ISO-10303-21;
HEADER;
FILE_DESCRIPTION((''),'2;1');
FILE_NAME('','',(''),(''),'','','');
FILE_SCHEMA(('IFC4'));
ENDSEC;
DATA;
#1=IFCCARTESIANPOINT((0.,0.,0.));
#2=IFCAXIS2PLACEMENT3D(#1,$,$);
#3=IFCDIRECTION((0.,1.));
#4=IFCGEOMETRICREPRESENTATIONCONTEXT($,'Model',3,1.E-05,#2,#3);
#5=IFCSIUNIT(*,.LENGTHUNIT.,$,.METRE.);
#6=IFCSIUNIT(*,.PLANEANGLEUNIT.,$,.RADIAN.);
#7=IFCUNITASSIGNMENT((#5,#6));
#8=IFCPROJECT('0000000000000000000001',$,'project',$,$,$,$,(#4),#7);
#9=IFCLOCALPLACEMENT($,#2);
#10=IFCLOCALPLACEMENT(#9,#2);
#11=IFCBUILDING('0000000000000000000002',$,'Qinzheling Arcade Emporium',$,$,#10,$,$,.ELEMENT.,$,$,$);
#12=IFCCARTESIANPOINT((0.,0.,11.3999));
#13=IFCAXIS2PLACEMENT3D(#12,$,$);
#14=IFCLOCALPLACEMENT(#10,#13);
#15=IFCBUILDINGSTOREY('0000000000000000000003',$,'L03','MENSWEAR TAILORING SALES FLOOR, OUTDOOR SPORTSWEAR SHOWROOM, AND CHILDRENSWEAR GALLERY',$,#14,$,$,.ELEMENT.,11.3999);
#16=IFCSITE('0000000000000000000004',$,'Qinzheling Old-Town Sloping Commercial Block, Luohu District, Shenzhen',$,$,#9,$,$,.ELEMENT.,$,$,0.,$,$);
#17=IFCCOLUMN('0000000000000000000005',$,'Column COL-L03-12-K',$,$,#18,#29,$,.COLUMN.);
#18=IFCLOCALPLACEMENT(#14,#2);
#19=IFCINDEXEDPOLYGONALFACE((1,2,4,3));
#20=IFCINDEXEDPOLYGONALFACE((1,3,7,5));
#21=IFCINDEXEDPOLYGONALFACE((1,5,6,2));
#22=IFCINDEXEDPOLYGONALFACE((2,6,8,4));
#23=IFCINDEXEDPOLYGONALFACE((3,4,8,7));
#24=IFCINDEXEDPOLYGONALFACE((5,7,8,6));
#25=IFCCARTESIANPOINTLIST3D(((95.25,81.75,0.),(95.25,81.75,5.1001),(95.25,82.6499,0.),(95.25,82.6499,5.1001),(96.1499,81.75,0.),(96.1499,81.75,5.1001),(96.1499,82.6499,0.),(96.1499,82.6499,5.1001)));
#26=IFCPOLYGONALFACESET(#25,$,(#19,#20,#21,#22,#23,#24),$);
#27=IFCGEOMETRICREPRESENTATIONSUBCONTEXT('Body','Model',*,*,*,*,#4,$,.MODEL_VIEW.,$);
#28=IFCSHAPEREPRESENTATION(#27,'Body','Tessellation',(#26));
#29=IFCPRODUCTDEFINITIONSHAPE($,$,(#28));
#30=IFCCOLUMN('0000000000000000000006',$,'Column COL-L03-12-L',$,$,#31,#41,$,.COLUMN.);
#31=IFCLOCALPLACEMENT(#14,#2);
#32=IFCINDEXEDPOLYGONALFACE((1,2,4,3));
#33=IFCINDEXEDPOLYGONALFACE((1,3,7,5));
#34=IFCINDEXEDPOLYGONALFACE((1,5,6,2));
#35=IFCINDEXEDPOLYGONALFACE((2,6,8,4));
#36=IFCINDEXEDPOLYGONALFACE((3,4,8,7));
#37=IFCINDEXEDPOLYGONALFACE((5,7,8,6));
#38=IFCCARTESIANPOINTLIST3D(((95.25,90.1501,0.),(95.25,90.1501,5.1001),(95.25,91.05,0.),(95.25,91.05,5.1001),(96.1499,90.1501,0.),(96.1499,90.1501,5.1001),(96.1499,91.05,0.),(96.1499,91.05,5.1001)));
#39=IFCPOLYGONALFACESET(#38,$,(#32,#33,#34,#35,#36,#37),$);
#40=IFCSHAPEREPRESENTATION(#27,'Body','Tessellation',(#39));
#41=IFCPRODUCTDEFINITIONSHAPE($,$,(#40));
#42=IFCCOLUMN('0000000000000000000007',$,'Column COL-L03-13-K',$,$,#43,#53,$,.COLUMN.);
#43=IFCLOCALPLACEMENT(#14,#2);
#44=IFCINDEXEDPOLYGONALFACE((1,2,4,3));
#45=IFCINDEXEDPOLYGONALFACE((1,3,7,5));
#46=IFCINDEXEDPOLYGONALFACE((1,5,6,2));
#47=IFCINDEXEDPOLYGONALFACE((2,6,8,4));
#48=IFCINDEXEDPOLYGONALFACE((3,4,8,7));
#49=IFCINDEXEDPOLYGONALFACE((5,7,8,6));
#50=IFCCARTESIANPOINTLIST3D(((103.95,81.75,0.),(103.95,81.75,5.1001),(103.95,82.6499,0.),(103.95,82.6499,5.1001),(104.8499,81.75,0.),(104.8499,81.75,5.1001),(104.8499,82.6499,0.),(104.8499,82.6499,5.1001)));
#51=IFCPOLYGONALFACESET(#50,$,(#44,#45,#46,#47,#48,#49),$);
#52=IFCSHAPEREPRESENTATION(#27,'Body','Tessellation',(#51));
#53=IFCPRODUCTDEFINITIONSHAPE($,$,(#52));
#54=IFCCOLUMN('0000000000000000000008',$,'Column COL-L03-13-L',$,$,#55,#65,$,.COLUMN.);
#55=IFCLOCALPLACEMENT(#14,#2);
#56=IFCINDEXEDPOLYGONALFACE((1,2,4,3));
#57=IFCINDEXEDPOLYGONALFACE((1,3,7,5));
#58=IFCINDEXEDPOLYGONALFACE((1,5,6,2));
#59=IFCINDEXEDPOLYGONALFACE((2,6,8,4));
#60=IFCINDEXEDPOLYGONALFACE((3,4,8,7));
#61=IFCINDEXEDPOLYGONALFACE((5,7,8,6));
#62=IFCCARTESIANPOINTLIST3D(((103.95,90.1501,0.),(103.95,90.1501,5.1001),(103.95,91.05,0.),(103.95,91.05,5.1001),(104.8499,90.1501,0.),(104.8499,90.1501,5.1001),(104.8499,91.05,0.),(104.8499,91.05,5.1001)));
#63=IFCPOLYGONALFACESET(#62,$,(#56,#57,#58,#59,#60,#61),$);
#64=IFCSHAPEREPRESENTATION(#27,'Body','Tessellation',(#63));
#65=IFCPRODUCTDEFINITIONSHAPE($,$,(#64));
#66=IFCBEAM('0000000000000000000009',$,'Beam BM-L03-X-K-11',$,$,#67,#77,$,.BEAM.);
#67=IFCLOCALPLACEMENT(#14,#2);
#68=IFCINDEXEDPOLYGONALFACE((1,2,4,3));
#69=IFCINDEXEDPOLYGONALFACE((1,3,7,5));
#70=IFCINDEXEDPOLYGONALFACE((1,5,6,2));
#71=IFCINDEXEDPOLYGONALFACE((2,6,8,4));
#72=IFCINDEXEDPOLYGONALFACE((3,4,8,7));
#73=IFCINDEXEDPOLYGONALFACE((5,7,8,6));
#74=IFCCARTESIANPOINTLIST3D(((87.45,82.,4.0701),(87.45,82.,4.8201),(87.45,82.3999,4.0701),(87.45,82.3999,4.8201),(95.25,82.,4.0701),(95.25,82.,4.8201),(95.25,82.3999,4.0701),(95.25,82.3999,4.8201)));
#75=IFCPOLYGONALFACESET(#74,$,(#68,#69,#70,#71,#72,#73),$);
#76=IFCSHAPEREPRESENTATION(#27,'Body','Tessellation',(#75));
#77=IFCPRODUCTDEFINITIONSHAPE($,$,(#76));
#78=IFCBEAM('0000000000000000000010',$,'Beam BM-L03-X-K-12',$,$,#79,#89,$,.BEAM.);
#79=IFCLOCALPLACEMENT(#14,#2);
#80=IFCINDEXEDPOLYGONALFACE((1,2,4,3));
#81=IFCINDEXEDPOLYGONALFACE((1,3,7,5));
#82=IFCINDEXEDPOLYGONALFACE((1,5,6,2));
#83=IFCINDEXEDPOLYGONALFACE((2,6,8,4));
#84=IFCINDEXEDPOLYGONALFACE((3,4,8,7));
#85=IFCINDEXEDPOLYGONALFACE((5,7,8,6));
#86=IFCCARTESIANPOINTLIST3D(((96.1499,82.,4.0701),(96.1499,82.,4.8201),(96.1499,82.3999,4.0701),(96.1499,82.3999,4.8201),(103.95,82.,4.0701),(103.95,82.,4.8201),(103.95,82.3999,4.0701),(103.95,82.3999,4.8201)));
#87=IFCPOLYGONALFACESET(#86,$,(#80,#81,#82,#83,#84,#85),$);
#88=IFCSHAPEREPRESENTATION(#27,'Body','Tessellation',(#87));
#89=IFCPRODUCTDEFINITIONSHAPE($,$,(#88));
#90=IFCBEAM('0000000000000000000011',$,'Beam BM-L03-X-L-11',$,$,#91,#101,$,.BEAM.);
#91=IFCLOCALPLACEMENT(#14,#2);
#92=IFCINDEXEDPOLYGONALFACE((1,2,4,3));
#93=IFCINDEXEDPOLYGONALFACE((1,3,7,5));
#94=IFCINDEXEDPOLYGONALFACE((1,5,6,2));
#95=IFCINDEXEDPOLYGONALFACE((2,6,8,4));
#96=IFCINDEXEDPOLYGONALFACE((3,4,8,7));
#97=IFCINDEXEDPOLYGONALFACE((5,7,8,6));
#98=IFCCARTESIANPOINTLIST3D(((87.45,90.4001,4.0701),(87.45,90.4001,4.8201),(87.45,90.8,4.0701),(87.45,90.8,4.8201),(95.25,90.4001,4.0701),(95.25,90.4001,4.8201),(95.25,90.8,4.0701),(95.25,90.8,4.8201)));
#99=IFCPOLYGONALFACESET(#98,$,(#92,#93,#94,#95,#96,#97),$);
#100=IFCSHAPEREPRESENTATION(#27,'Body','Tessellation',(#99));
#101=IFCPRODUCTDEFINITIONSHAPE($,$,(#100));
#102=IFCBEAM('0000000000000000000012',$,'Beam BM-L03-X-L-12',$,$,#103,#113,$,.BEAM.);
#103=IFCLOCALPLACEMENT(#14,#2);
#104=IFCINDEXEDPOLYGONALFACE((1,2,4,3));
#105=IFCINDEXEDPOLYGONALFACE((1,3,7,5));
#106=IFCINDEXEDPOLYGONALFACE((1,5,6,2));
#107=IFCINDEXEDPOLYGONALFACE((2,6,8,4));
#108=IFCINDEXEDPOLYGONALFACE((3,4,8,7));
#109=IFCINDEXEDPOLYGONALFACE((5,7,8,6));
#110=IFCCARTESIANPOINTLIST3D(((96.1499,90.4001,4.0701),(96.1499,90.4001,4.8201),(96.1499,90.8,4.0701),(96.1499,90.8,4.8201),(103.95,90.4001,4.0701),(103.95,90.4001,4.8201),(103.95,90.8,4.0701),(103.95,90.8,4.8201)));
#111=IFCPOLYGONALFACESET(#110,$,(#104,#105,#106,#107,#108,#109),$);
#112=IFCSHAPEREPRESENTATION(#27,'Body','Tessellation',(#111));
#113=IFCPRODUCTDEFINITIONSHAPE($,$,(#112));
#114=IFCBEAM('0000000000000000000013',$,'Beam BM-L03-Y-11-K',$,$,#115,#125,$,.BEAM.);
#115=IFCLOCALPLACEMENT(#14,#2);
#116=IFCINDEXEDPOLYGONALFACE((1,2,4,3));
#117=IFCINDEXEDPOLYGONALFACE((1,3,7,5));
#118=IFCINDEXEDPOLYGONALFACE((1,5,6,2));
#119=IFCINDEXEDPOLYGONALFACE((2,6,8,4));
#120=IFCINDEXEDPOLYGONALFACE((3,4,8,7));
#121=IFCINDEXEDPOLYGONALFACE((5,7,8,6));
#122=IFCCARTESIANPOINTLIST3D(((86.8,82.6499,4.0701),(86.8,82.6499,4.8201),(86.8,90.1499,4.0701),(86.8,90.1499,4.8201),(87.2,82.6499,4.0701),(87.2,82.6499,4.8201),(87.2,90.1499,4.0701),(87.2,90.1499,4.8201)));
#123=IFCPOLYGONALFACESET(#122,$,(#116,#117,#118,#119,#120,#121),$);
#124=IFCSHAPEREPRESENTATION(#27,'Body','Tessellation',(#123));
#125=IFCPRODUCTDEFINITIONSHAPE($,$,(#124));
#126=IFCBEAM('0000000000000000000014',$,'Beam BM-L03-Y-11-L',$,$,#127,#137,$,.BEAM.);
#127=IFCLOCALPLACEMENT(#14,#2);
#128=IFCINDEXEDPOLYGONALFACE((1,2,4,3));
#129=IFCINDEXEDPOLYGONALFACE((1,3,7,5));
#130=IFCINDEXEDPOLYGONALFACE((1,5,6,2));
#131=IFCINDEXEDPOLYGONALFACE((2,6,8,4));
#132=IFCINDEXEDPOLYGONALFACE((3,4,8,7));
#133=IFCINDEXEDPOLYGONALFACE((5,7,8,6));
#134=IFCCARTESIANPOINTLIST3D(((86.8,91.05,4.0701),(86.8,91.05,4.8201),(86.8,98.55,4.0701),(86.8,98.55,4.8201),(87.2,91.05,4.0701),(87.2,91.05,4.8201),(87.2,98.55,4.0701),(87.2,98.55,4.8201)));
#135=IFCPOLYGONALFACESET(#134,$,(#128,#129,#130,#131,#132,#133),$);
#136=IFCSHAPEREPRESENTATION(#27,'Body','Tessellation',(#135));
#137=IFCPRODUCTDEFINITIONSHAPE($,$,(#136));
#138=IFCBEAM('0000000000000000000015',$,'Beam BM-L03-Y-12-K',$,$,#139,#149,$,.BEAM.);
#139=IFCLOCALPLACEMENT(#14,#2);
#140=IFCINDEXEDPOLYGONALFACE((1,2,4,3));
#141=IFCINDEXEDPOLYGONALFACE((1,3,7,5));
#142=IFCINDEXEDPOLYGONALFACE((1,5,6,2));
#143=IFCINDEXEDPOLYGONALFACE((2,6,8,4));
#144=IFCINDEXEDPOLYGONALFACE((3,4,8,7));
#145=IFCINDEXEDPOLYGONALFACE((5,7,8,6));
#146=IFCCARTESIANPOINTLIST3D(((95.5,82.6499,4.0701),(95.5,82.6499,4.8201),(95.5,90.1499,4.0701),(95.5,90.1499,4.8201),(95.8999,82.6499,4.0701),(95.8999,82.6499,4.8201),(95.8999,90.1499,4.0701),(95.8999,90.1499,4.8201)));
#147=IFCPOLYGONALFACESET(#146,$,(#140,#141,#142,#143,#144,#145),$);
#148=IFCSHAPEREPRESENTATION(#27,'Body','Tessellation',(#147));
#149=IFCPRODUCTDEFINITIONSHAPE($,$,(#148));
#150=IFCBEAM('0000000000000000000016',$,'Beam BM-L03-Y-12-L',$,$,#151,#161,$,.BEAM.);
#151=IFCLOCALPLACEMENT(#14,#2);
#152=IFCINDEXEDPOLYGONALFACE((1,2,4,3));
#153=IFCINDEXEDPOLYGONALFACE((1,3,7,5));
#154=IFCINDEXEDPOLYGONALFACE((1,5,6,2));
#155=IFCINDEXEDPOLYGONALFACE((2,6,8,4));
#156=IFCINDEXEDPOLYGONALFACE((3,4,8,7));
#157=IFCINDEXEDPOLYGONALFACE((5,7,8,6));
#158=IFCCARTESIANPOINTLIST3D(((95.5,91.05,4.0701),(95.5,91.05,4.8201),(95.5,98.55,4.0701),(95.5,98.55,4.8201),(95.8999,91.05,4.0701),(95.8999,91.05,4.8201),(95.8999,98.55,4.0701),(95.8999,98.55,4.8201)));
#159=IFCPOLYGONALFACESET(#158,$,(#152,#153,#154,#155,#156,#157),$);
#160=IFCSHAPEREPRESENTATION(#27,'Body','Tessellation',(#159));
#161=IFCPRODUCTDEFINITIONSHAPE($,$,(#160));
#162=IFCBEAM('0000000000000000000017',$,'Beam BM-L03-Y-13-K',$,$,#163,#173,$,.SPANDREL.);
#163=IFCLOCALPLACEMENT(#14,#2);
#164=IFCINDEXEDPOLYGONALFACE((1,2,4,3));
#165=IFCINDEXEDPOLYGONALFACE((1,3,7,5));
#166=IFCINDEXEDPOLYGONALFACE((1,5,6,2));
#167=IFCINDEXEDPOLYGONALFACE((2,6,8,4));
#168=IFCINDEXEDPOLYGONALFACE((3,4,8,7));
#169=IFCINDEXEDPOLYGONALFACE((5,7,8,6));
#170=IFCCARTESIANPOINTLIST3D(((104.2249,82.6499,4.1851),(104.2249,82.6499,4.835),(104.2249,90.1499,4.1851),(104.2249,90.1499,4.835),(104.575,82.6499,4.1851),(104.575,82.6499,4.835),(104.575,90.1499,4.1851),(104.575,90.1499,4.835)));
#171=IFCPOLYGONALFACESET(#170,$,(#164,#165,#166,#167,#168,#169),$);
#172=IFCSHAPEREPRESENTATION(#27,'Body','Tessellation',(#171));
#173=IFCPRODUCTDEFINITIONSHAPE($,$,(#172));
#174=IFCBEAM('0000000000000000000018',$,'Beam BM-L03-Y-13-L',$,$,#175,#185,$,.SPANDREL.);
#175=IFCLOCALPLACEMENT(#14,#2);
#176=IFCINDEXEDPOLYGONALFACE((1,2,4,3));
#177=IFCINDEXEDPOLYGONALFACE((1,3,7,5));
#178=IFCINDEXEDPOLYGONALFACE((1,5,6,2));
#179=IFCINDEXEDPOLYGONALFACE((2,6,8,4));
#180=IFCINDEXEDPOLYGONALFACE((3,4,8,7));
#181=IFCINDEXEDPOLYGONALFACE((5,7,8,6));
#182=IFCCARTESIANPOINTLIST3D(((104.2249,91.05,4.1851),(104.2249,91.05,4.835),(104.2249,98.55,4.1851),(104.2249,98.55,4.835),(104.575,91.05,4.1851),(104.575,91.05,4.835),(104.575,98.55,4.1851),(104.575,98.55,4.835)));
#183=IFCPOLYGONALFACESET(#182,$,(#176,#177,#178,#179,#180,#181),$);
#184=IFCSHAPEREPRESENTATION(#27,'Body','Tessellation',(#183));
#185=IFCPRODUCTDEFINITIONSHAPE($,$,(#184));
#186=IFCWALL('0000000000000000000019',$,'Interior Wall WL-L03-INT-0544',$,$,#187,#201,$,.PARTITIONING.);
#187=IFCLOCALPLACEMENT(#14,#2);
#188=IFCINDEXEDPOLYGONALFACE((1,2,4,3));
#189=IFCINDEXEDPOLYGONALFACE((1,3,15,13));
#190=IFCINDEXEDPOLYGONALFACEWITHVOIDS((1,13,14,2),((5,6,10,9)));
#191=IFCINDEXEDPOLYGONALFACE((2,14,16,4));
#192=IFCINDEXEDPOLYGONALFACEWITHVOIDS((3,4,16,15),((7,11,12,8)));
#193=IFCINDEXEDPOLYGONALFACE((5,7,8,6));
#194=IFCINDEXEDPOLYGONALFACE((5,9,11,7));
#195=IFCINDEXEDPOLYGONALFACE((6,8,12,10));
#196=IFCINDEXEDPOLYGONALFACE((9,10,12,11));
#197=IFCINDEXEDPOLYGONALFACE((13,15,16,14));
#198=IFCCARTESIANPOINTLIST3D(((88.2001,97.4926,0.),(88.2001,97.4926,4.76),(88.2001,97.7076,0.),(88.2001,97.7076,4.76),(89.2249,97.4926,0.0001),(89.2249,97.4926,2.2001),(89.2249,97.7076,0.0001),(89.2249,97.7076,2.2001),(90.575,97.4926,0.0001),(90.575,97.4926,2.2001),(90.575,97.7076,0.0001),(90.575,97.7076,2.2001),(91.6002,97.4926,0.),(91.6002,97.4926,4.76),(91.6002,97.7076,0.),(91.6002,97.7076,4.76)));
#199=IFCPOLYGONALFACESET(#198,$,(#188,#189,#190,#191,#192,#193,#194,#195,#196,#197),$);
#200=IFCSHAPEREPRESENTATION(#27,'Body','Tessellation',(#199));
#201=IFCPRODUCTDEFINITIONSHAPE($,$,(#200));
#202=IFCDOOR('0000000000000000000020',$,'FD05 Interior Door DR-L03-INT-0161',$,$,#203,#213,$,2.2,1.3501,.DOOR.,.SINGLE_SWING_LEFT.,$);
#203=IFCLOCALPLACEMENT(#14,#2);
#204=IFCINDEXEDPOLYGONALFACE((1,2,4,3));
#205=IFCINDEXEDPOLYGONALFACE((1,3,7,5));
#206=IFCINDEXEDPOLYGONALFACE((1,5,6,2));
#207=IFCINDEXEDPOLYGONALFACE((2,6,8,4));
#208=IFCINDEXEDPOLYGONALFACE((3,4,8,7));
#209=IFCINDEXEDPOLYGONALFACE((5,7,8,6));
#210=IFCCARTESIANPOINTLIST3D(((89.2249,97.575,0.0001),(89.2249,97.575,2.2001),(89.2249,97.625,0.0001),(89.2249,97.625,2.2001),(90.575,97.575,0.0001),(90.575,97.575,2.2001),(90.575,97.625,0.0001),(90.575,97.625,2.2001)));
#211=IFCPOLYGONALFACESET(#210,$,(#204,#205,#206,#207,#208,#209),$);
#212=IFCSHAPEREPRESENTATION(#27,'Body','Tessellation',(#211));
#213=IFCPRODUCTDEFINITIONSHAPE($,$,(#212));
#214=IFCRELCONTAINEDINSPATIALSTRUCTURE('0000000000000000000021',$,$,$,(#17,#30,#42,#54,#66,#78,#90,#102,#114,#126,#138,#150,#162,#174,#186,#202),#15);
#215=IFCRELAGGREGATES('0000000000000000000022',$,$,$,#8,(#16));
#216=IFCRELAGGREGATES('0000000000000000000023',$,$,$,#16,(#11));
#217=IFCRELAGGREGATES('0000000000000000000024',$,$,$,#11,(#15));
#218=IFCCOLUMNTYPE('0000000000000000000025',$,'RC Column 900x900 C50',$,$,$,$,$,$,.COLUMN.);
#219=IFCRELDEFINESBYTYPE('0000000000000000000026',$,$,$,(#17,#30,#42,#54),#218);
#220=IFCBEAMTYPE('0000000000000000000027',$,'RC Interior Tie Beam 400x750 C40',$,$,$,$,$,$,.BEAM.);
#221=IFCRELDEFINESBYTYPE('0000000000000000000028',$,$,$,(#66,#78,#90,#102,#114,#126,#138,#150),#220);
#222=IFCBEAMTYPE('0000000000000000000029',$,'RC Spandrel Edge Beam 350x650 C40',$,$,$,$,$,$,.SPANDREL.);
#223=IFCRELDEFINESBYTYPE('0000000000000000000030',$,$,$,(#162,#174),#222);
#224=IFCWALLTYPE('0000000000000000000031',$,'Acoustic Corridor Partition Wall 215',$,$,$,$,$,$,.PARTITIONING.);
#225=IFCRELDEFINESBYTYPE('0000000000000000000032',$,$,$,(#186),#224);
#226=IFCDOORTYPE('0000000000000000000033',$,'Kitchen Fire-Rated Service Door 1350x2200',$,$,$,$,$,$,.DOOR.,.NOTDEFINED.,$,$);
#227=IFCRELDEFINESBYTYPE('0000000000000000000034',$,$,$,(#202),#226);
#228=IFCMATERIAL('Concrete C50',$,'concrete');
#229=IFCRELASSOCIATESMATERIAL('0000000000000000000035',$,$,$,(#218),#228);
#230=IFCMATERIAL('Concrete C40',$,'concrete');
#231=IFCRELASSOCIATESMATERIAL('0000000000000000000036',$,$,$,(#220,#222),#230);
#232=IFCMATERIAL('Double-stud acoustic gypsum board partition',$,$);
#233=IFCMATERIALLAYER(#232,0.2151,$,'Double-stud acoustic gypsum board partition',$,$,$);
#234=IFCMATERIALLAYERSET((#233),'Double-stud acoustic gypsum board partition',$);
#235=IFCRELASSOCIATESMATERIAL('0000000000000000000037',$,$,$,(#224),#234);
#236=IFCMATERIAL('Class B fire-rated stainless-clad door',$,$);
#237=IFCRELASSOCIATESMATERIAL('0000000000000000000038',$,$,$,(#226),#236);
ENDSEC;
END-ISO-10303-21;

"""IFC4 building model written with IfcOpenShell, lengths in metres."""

from ifc_helpers import new_model, si_unit, direction, frame, frame_2d, origin, origin_2d, place, context, subcontext, project, spatial, rectangle, extrude, material, layer, layer_set, material_profile, profile_set, type_object, element, fill, save


model = new_model("IFC4")

# Units and contexts
model_context = context("Model", 3, precision=1e-05, world=origin(), true_north=direction((0.0, 1.0)))
body_context = subcontext(model_context, "Body", "Model", "MODEL_VIEW")
ifc_project = project(units=[si_unit("LENGTHUNIT", "METRE"), si_unit("PLANEANGLEUNIT", "RADIAN")], contexts=[model_context])

# Site, building, storey
site_placement = place(None, origin())
site = spatial("IfcSite", under=ifc_project, at=site_placement, Name="Qinzheling Old-Town Sloping Commercial Block, Luohu District, Shenzhen", CompositionType="ELEMENT", RefElevation=0.0)
building_placement = place(site_placement, origin())
building = spatial("IfcBuilding", under=site, at=building_placement, Name="Qinzheling Arcade Emporium", CompositionType="ELEMENT")
storey_placement = place(building_placement, frame((0.0, 0.0, 11.3999)))
storey = spatial("IfcBuildingStorey", under=building, at=storey_placement, Name="L03", Description="MENSWEAR TAILORING SALES FLOOR, OUTDOOR SPORTSWEAR SHOWROOM, AND CHILDRENSWEAR GALLERY", CompositionType="ELEMENT", Elevation=11.3999)

# Columns
ifc_material_1 = material(Name="Concrete C50", Category="concrete")
ifc_material_profile_1 = material_profile(ifc_material_1, rectangle(XDim=0.8999, YDim=0.8999, at=origin_2d()), Name="RC 900x900", Category="concrete")
ifc_profile_set_1 = profile_set([ifc_material_profile_1], Name="Concrete C50")
column_type = type_object("IfcColumnType", Name="RC Column 900x900 C50", PredefinedType="COLUMN", material=ifc_profile_set_1)
for number, where, z_axis, x_axis, name in (
    (1, (95.7, 82.2, 0.0), (0.0, 0.0, 1.0), (1.0, 0.0, 0.0), "Column COL-L03-12-K"),
    (2, (95.7, 90.6001, 0.0), (0.0, 0.0, 1.0), (1.0, 0.0, 0.0), "Column COL-L03-12-L"),
    (3, (104.3999, 82.2, 0.0), (0.0, 0.0, 1.0), (1.0, 0.0, 0.0), "Column COL-L03-13-K"),
    (4, (104.3999, 90.6001, 0.0), (0.0, 0.0, 1.0), (1.0, 0.0, 0.0), "Column COL-L03-13-L"),
):
    element("IfcColumn", number, at=place(storey_placement, frame(where, z_axis=z_axis, x_axis=x_axis)), inside=storey, type_object=column_type, Name=name, PredefinedType="COLUMN", context=body_context, shape_type="SweptSolid", body=[
        extrude(rectangle(XDim=0.8999, YDim=0.8999, at=origin_2d()), origin(), (0.0, 0.0, 1.0), 5.1001),
    ])

# Beams
ifc_material_2 = material(Name="Concrete C40", Category="concrete")
ifc_material_profile_2 = material_profile(ifc_material_2, rectangle(XDim=0.3999, YDim=0.75, at=origin_2d()), Name="RC 400x750", Category="concrete")
ifc_profile_set_2 = profile_set([ifc_material_profile_2], Name="Concrete C40")
beam_type_1 = type_object("IfcBeamType", Name="RC Interior Tie Beam 400x750 C40", PredefinedType="BEAM", material=ifc_profile_set_2)
for number, where, z_axis, x_axis, name in (
    (5, (87.45, 82.2, 4.4451), (1.0, 0.0, 0.0), (0.0, 1.0, 0.0), "Beam BM-L03-X-K-11"),
    (6, (96.1499, 82.2, 4.4451), (1.0, 0.0, 0.0), (0.0, 1.0, 0.0), "Beam BM-L03-X-K-12"),
    (7, (87.45, 90.6001, 4.4451), (1.0, 0.0, 0.0), (0.0, 1.0, 0.0), "Beam BM-L03-X-L-11"),
    (8, (96.1499, 90.6001, 4.4451), (1.0, 0.0, 0.0), (0.0, 1.0, 0.0), "Beam BM-L03-X-L-12"),
):
    element("IfcBeam", number, at=place(storey_placement, frame(where, z_axis=z_axis, x_axis=x_axis)), inside=storey, type_object=beam_type_1, Name=name, PredefinedType="BEAM", context=body_context, shape_type="SweptSolid", body=[
        extrude(rectangle(XDim=0.3999, YDim=0.75, at=origin_2d()), origin(), (0.0, 0.0, 1.0), 7.8),
    ])
for number, where, z_axis, x_axis, name in (
    (9, (87.0, 82.6499, 4.4451), (0.0, 1.0, 0.0), (-1.0, 0.0, 0.0), "Beam BM-L03-Y-11-K"),
    (10, (87.0, 91.05, 4.4451), (0.0, 1.0, 0.0), (-1.0, 0.0, 0.0), "Beam BM-L03-Y-11-L"),
    (11, (95.7, 82.6499, 4.4451), (0.0, 1.0, 0.0), (-1.0, 0.0, 0.0), "Beam BM-L03-Y-12-K"),
    (12, (95.7, 91.05, 4.4451), (0.0, 1.0, 0.0), (-1.0, 0.0, 0.0), "Beam BM-L03-Y-12-L"),
):
    element("IfcBeam", number, at=place(storey_placement, frame(where, z_axis=z_axis, x_axis=x_axis)), inside=storey, type_object=beam_type_1, Name=name, PredefinedType="BEAM", context=body_context, shape_type="SweptSolid", body=[
        extrude(rectangle(XDim=0.3999, YDim=0.75, at=origin_2d()), origin(), (0.0, 0.0, 1.0), 7.5),
    ])
ifc_material_profile_3 = material_profile(ifc_material_2, rectangle(XDim=0.3501, YDim=0.6499, at=origin_2d()), Name="RC 350x650", Category="concrete")
ifc_profile_set_3 = profile_set([ifc_material_profile_3], Name="Concrete C40")
beam_type_2 = type_object("IfcBeamType", Name="RC Spandrel Edge Beam 350x650 C40", PredefinedType="SPANDREL", material=ifc_profile_set_3)
for number, where, z_axis, x_axis, name in (
    (13, (104.3999, 82.6499, 4.51), (0.0, 1.0, 0.0), (-1.0, 0.0, 0.0), "Beam BM-L03-Y-13-K"),
    (14, (104.3999, 91.05, 4.51), (0.0, 1.0, 0.0), (-1.0, 0.0, 0.0), "Beam BM-L03-Y-13-L"),
):
    element("IfcBeam", number, at=place(storey_placement, frame(where, z_axis=z_axis, x_axis=x_axis)), inside=storey, type_object=beam_type_2, Name=name, PredefinedType="SPANDREL", context=body_context, shape_type="SweptSolid", body=[
        extrude(rectangle(XDim=0.3501, YDim=0.6499, at=origin_2d()), origin(), (0.0, 0.0, 1.0), 7.5),
    ])

# Wall, opening, door
ifc_material_3 = material(Name="Double-stud acoustic gypsum board partition")
ifc_layer_1 = layer(ifc_material_3, 0.2151, Name="Double-stud acoustic gypsum board partition")
ifc_layer_set_1 = layer_set([ifc_layer_1], Name="Double-stud acoustic gypsum board partition")
wall_type_1 = type_object("IfcWallType", Name="Acoustic Corridor Partition Wall 215", PredefinedType="PARTITIONING", material=ifc_layer_set_1)
wall_1_placement = place(storey_placement, frame((88.2, 97.6001, 0.0), z_axis=(0.0, 0.0, 1.0), x_axis=(1.0, 0.0, 0.0)))
wall_1 = element("IfcWall", 15, at=wall_1_placement, inside=storey, type_object=wall_type_1, Name="Interior Wall WL-L03-INT-0544", PredefinedType="PARTITIONING", context=body_context, shape_type="SweptSolid", body=[
    extrude(rectangle(XDim=3.4001, YDim=0.2151, at=frame_2d((1.7002, 0.0))), origin(), (0.0, 0.0, 1.0), 4.76),
])
opening_1_placement = place(wall_1_placement, frame((1.0249, 0.0, 0.0)))
opening_1 = element("IfcOpeningElement", 16, at=opening_1_placement, cuts=wall_1, PredefinedType="OPENING", context=body_context, shape_type="SweptSolid", body=[
    extrude(rectangle(XDim=1.3501, YDim=2.2, at=frame_2d((0.675, 1.1001))), frame((0.0, 0.1177, 0.0), z_axis=(0.0, -1.0, 0.0), x_axis=(1.0, 0.0, 0.0)), (0.0, 0.0, 1.0), 0.2351),
])
ifc_material_4 = material(Name="Class B fire-rated stainless-clad door")
door_type_1 = type_object("IfcDoorType", Name="Kitchen Fire-Rated Service Door 1350x2200", OperationType="NOTDEFINED", PredefinedType="DOOR", material=ifc_material_4)
door_1_placement = place(opening_1_placement, origin())
door_1 = element("IfcDoor", 17, at=door_1_placement, inside=storey, type_object=door_type_1, Name="FD05 Interior Door DR-L03-INT-0161", OperationType="SINGLE_SWING_LEFT", OverallHeight=2.2, OverallWidth=1.3501, PredefinedType="DOOR", context=body_context, shape_type="SweptSolid", body=[
    extrude(rectangle(XDim=1.3501, YDim=2.2, at=frame_2d((0.675, 1.1001))), frame((0.0, 0.0249, 0.0), z_axis=(0.0, -1.0, 0.0), x_axis=(1.0, 0.0, 0.0)), (0.0, 0.0, 1.0), 0.05),
])
fill(opening_1, door_1)

save(model, "model.ifc")
